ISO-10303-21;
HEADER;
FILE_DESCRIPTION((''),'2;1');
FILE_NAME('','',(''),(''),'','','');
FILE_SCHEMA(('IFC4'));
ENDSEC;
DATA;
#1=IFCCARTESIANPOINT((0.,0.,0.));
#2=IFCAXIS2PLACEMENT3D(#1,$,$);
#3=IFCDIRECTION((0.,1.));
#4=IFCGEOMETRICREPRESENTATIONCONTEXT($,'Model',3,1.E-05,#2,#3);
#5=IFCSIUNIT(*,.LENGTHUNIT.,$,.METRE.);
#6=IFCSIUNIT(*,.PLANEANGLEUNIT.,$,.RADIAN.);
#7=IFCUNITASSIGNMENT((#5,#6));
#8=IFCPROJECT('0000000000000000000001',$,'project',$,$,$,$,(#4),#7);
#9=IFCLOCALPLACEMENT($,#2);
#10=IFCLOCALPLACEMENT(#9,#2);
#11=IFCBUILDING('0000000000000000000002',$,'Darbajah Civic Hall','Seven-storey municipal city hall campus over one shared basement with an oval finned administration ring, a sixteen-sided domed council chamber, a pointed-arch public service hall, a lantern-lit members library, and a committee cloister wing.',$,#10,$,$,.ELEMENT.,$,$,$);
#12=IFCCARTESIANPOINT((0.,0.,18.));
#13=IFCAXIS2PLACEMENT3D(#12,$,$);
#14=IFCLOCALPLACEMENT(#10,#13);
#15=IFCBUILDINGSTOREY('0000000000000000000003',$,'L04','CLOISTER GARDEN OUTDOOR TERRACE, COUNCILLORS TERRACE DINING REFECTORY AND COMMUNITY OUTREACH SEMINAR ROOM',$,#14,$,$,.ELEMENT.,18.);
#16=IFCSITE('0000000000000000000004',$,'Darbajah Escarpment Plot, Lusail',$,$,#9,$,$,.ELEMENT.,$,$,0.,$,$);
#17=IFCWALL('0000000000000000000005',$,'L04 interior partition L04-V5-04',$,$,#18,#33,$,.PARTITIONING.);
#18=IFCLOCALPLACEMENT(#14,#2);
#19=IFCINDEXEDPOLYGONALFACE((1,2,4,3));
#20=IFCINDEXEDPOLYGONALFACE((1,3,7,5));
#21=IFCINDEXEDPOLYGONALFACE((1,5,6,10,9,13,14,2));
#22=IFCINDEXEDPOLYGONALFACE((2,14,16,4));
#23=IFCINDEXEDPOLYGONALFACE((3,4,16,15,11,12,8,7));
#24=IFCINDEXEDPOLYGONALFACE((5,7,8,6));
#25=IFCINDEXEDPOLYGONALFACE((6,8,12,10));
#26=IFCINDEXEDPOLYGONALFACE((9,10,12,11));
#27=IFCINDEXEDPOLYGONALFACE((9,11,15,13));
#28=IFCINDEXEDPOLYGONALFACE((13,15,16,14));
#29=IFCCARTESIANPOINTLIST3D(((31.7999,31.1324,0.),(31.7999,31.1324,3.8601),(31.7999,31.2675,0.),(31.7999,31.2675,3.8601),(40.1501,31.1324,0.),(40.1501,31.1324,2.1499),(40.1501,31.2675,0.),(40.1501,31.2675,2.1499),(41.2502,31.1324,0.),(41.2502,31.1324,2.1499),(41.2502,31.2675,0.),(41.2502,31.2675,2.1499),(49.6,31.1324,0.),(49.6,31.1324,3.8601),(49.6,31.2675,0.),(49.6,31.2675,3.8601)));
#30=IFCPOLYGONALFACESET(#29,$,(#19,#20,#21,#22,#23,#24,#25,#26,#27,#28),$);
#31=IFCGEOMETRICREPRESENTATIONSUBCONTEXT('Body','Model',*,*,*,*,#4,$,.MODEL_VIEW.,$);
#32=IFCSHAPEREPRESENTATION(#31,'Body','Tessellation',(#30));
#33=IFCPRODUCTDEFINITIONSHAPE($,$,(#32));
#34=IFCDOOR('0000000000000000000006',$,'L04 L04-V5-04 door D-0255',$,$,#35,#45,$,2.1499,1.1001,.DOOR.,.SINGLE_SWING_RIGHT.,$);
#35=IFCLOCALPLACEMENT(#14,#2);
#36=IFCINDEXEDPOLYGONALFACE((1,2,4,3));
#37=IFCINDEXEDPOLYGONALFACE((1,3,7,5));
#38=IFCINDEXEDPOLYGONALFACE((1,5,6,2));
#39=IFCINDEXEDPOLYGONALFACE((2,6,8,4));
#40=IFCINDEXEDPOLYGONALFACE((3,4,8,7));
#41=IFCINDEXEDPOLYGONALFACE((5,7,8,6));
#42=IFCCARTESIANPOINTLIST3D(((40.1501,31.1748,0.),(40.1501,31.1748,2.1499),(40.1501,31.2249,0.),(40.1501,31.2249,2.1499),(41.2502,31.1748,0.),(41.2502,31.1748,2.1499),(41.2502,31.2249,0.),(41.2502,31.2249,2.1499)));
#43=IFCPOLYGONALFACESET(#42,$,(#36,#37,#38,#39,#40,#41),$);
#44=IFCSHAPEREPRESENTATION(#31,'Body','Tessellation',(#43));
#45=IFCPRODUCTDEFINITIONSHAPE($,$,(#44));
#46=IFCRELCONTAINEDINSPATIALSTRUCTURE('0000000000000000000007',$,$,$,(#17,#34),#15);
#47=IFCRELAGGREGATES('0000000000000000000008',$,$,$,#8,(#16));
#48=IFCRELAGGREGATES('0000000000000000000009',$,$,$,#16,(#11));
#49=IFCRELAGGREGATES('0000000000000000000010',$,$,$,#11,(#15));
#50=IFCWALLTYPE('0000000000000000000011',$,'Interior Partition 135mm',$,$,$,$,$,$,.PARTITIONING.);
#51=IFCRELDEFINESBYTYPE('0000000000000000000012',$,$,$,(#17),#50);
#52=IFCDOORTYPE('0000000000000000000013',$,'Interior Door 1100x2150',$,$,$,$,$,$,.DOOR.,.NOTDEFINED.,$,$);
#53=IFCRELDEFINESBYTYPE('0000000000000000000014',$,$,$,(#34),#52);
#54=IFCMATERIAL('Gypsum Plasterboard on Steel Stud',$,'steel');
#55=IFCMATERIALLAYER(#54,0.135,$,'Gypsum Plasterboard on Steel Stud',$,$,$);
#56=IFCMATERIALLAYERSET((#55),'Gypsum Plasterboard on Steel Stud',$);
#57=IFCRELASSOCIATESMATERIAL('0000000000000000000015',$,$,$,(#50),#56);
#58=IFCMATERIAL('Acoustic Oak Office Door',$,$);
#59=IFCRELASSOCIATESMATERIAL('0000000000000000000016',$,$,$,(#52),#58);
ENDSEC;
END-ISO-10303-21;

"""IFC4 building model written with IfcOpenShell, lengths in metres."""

from ifc_helpers import new_model, si_unit, direction, frame, frame_2d, origin, place, context, subcontext, project, spatial, rectangle, extrude, material, layer, layer_set, type_object, element, fill, save


model = new_model("IFC4")

# Units and contexts
model_context = context("Model", 3, precision=1e-05, world=origin(), true_north=direction((0.0, 1.0)))
body_context = subcontext(model_context, "Body", "Model", "MODEL_VIEW")
ifc_project = project(units=[si_unit("LENGTHUNIT", "METRE"), si_unit("PLANEANGLEUNIT", "RADIAN")], contexts=[model_context])

# Site, building, storey
site_placement = place(None, origin())
site = spatial("IfcSite", under=ifc_project, at=site_placement, Name="Darbajah Escarpment Plot, Lusail", CompositionType="ELEMENT", RefElevation=0.0)
building_placement = place(site_placement, origin())
building = spatial("IfcBuilding", under=site, at=building_placement, Name="Darbajah Civic Hall", Description="Seven-storey municipal city hall campus over one shared basement with an oval finned administration ring, a sixteen-sided domed council chamber, a pointed-arch public service hall, a lantern-lit members library, and a committee cloister wing.", CompositionType="ELEMENT")
storey_placement = place(building_placement, frame((0.0, 0.0, 18.0)))
storey = spatial("IfcBuildingStorey", under=building, at=storey_placement, Name="L04", Description="CLOISTER GARDEN OUTDOOR TERRACE, COUNCILLORS TERRACE DINING REFECTORY AND COMMUNITY OUTREACH SEMINAR ROOM", CompositionType="ELEMENT", Elevation=18.0)

# Wall, opening, door
ifc_material_1 = material(Name="Gypsum Plasterboard on Steel Stud", Category="steel")
ifc_layer_1 = layer(ifc_material_1, 0.135, Name="Gypsum Plasterboard on Steel Stud")
ifc_layer_set_1 = layer_set([ifc_layer_1], Name="Gypsum Plasterboard on Steel Stud")
wall_type_1 = type_object("IfcWallType", Name="Interior Partition 135mm", PredefinedType="PARTITIONING", material=ifc_layer_set_1)
wall_1_placement = place(storey_placement, frame((31.8, 31.2, 0.0), z_axis=(0.0, 0.0, 1.0), x_axis=(1.0, 0.0, 0.0)))
wall_1 = element("IfcWall", 1, at=wall_1_placement, inside=storey, type_object=wall_type_1, Name="L04 interior partition L04-V5-04", PredefinedType="PARTITIONING", context=body_context, shape_type="SweptSolid", body=[
    extrude(rectangle(XDim=17.8, YDim=0.135, at=frame_2d((8.8999, 0.0))), origin(), (0.0, 0.0, 1.0), 3.8601),
])
opening_1_placement = place(wall_1_placement, frame((8.3501, 0.0, 0.0)))
opening_1 = element("IfcOpeningElement", 2, at=opening_1_placement, cuts=wall_1, PredefinedType="OPENING", context=body_context, shape_type="SweptSolid", body=[
    extrude(rectangle(XDim=1.1001, YDim=2.1499, at=frame_2d((0.55, 1.075))), frame((0.0, 0.0774, 0.0), z_axis=(0.0, -1.0, 0.0), x_axis=(1.0, 0.0, 0.0)), (0.0, 0.0, 1.0), 0.155),
])
ifc_material_2 = material(Name="Acoustic Oak Office Door")
door_type = type_object("IfcDoorType", Name="Interior Door 1100x2150", OperationType="NOTDEFINED", PredefinedType="DOOR", material=ifc_material_2)
door_placement = place(opening_1_placement, origin())
door = element("IfcDoor", 3, at=door_placement, inside=storey, type_object=door_type, Name="L04 L04-V5-04 door D-0255", OperationType="SINGLE_SWING_RIGHT", OverallHeight=2.1499, OverallWidth=1.1001, PredefinedType="DOOR", context=body_context, shape_type="SweptSolid", body=[
    extrude(rectangle(XDim=1.1001, YDim=2.1499, at=frame_2d((0.55, 1.075))), frame((0.0, 0.0249, 0.0), z_axis=(0.0, -1.0, 0.0), x_axis=(1.0, 0.0, 0.0)), (0.0, 0.0, 1.0), 0.05),
])
fill(opening_1, door)

save(model, "model.ifc")
